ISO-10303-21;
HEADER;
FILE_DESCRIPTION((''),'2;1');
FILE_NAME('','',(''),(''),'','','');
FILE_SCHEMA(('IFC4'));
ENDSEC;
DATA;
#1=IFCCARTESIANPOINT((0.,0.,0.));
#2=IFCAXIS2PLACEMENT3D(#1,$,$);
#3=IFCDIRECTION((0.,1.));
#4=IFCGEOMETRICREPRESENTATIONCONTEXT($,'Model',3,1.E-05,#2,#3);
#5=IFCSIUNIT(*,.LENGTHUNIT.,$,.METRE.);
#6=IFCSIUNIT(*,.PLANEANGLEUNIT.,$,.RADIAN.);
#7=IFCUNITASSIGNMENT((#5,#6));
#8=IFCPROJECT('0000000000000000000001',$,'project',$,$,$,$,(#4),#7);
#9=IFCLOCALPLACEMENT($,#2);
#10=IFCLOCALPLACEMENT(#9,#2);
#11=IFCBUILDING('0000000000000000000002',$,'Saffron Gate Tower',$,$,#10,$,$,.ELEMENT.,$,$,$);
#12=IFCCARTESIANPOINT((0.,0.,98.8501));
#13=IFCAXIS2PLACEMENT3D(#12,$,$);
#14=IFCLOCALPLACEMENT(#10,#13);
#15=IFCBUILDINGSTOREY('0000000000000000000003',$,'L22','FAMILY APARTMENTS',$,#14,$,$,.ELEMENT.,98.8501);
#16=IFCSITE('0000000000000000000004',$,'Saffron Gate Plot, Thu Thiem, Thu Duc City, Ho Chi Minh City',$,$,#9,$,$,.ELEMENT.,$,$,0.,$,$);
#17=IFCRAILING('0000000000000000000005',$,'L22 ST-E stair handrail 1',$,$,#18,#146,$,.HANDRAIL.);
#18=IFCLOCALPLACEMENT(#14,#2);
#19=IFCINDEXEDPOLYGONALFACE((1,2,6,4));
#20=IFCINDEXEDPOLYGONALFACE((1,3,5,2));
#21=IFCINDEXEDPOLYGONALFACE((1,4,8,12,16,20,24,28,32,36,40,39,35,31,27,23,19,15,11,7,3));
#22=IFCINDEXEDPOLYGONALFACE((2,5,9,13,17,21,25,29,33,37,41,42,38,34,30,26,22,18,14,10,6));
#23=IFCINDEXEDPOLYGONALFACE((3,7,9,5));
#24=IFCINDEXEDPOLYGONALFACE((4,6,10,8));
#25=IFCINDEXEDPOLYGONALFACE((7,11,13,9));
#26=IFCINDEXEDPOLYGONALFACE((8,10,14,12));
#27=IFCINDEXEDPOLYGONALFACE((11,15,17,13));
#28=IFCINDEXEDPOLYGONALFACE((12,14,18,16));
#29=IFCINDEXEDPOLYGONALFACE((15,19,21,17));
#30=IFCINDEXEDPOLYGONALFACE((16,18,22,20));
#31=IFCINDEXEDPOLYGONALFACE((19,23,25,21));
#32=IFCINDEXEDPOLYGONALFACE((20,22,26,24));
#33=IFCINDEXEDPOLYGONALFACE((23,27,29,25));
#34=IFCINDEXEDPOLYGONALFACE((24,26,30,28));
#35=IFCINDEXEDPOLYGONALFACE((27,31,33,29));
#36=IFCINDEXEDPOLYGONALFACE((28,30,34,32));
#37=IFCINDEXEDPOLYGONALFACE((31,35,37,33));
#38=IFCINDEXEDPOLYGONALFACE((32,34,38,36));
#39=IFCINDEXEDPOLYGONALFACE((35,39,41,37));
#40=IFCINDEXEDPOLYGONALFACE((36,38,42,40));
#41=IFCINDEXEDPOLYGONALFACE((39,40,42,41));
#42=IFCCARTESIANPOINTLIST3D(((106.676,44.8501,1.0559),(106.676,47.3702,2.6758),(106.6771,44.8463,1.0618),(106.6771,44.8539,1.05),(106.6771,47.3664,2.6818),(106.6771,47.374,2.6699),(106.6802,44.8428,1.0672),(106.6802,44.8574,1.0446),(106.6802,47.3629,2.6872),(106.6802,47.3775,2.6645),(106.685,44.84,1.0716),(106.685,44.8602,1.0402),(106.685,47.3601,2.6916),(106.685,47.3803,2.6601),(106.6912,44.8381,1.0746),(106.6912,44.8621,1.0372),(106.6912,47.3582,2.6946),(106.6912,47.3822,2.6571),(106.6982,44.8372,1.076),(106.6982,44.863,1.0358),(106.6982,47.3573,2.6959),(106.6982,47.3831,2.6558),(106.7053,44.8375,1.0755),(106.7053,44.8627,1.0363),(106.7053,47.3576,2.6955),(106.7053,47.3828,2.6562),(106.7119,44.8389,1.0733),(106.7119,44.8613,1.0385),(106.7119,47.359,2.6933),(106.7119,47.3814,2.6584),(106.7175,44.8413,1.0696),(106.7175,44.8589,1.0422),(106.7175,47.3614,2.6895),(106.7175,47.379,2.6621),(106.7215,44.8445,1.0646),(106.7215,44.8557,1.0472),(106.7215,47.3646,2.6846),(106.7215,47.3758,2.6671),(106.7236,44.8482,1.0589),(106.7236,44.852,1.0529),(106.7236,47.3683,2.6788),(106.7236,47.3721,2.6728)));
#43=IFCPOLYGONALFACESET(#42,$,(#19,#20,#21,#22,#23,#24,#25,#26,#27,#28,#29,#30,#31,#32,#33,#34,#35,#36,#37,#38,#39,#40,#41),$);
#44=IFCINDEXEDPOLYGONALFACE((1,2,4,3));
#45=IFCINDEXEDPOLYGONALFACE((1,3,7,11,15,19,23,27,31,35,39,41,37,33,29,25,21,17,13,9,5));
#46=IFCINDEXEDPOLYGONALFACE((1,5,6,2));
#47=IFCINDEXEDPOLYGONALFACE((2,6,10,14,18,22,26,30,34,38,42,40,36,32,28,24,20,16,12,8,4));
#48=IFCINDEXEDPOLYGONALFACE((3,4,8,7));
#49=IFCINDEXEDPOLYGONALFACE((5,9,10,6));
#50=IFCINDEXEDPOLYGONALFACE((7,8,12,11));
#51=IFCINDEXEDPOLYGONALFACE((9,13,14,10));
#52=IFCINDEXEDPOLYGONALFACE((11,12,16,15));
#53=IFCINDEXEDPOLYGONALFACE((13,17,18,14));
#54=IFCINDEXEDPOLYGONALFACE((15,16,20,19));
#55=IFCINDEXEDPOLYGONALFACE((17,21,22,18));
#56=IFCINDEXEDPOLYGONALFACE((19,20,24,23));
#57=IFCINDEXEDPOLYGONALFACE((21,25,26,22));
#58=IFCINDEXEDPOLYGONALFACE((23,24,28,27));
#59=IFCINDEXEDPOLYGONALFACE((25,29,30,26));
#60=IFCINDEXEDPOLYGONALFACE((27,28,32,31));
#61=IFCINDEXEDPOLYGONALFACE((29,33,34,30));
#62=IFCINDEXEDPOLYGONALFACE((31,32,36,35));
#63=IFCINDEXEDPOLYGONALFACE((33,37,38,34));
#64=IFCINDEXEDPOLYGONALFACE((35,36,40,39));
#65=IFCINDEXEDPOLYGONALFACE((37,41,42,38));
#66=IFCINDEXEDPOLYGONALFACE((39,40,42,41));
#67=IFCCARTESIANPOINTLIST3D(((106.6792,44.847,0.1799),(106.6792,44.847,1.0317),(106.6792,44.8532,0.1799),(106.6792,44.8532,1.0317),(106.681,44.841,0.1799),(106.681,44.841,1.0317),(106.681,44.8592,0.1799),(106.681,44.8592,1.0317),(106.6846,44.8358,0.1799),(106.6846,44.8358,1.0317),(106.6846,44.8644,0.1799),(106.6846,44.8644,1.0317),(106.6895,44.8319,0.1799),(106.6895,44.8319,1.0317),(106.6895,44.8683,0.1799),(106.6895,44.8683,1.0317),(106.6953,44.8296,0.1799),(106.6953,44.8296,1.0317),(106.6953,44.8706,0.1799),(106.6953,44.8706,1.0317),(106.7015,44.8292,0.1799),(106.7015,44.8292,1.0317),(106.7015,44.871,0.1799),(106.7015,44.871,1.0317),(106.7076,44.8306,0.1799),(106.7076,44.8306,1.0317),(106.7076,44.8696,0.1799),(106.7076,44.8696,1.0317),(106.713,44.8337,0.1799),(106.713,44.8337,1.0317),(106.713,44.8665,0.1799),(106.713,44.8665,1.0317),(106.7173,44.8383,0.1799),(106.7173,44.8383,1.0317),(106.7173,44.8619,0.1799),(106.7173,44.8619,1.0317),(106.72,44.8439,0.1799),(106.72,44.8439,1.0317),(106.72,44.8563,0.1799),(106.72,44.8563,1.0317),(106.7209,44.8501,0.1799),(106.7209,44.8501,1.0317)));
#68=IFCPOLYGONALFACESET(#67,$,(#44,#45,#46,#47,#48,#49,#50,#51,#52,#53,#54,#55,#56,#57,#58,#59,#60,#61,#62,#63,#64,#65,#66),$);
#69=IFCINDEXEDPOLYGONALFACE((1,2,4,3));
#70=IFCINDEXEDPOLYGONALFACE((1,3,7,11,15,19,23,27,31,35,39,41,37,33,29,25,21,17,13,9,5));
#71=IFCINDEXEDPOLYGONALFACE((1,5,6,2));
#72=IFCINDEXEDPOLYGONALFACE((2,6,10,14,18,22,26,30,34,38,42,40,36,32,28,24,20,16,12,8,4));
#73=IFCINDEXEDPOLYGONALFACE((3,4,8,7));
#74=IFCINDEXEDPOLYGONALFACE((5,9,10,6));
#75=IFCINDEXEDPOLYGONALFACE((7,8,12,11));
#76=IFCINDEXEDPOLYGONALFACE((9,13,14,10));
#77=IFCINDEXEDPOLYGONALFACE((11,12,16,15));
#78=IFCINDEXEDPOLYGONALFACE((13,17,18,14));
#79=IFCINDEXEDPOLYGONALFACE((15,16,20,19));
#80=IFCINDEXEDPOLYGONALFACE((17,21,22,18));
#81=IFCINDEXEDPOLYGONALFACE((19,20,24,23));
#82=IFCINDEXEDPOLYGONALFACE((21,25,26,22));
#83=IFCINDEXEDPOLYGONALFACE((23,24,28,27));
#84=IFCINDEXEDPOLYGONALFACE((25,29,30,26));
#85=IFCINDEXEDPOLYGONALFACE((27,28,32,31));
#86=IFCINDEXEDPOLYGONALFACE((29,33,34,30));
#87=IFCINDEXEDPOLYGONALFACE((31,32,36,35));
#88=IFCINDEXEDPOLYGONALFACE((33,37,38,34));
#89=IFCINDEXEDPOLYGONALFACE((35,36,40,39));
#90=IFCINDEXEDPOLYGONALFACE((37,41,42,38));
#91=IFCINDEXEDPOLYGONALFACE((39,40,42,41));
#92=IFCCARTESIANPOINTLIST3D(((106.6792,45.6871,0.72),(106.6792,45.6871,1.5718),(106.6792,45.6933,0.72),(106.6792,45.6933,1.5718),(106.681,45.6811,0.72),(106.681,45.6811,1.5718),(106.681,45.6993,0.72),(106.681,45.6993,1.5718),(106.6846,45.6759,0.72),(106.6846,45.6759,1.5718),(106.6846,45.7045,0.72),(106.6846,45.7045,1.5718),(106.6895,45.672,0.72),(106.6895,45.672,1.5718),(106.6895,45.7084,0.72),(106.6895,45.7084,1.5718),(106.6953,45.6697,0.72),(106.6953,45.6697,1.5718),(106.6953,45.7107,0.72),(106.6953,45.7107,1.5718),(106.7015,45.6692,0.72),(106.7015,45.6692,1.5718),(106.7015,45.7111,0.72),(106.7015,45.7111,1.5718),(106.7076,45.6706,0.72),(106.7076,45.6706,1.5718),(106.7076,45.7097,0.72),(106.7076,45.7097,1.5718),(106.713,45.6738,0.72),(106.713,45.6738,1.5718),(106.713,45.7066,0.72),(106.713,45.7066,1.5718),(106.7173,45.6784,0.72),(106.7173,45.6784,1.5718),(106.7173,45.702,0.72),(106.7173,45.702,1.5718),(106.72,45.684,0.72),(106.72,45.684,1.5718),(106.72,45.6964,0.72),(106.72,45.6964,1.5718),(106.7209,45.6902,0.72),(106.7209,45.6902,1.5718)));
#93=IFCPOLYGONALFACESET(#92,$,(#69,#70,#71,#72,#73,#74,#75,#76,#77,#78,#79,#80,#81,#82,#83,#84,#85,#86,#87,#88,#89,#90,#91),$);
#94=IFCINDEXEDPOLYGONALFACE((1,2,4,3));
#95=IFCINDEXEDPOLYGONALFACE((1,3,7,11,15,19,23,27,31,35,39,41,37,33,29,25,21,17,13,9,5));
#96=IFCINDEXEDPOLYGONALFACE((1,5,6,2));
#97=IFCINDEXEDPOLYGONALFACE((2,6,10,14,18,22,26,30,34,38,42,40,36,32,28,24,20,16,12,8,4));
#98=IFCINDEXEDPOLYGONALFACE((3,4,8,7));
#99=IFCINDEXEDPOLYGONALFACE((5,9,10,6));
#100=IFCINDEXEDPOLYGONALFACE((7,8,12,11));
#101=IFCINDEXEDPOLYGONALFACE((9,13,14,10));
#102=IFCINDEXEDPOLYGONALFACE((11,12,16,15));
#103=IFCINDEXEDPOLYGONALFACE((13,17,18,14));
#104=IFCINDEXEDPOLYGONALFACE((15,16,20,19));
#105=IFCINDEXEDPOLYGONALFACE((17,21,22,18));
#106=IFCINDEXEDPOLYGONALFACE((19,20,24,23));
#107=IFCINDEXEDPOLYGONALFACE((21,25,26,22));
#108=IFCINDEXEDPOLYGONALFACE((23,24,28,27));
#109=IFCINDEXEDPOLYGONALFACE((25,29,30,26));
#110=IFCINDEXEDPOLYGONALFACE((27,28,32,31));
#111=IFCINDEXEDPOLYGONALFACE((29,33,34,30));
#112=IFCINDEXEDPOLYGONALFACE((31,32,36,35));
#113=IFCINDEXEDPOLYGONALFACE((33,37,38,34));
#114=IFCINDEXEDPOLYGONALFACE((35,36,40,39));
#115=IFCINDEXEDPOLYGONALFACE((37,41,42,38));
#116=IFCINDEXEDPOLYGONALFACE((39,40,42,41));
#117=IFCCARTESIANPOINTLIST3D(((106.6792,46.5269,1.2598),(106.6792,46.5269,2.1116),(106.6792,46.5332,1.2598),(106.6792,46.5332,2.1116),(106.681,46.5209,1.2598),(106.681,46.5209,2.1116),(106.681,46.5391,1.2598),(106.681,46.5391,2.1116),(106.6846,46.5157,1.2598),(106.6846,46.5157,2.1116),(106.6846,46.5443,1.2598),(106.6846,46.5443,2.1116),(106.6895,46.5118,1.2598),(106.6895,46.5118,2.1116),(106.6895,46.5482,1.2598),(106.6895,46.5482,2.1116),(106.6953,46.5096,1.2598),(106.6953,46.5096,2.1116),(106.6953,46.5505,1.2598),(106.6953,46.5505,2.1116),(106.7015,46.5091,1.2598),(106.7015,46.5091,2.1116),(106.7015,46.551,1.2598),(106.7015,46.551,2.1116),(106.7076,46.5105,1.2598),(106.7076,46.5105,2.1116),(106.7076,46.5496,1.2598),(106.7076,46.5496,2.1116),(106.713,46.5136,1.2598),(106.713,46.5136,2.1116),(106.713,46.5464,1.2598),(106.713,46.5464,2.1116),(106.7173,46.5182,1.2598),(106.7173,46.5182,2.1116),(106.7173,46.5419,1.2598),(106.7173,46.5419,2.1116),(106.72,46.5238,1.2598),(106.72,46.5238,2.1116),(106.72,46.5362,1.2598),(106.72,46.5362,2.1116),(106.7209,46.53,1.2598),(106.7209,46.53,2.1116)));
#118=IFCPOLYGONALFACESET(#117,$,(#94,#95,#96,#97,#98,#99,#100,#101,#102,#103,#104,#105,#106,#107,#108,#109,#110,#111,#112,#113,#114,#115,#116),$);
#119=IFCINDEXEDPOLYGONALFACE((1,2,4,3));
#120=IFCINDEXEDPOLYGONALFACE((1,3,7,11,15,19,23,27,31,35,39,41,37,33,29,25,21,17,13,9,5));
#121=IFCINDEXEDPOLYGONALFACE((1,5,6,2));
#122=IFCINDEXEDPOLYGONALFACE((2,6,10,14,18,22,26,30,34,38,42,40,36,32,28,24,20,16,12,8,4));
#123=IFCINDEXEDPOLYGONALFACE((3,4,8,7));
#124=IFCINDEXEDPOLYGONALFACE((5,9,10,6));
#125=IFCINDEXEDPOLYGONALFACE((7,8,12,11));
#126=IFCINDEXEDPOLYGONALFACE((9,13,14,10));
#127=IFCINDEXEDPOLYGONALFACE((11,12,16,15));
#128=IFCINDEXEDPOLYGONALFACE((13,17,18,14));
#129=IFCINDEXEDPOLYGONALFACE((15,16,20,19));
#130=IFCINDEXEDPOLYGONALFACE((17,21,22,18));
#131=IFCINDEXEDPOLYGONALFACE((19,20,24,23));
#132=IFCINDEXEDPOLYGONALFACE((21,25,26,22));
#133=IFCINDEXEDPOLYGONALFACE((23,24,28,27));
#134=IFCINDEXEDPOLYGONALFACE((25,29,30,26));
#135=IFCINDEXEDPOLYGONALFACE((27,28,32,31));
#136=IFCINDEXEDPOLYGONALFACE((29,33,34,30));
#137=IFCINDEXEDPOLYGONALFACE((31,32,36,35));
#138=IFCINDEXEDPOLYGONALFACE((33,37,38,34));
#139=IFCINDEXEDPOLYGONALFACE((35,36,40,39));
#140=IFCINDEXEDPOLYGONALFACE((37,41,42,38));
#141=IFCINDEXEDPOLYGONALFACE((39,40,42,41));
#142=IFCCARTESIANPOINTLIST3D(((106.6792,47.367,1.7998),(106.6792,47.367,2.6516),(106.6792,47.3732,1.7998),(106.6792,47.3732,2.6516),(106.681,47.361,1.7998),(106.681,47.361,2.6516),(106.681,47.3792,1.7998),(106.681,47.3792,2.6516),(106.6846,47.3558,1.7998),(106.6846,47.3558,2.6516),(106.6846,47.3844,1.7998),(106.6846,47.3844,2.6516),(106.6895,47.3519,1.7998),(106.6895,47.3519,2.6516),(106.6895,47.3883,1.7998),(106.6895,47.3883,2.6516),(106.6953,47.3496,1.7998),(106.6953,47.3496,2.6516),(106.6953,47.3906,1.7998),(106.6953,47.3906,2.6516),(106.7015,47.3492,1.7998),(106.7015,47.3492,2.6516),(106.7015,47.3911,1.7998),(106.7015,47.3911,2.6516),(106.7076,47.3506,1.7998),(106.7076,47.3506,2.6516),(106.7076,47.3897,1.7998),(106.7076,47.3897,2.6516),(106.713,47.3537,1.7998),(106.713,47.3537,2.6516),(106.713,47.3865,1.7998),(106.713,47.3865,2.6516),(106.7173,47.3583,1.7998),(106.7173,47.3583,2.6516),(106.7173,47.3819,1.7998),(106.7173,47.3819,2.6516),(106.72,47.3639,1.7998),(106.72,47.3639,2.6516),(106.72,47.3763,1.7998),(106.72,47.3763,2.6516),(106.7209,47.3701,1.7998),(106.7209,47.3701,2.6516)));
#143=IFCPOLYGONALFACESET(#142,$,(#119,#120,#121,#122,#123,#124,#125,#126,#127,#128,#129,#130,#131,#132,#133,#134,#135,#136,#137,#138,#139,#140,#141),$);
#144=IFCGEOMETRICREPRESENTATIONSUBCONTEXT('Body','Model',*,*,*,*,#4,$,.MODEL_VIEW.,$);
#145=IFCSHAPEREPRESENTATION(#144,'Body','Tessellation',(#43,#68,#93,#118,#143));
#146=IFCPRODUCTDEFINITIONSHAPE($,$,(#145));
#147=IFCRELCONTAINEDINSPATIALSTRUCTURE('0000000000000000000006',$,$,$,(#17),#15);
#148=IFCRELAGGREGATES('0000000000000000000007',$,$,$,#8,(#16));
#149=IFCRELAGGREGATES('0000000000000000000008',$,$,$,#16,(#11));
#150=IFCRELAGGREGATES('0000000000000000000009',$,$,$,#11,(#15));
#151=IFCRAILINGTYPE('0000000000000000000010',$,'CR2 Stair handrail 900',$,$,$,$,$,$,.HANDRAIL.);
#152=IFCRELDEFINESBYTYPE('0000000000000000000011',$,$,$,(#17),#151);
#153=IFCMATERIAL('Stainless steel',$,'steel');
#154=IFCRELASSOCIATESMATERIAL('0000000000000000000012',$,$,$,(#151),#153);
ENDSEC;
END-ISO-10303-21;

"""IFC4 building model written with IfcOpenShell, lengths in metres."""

from ifc_helpers import new_model, si_unit, direction, frame, origin, origin_2d, place, context, subcontext, project, spatial, circle, extrude, material, type_object, element, save


model = new_model("IFC4")

# Units and contexts
model_context = context("Model", 3, precision=1e-05, world=origin(), true_north=direction((0.0, 1.0)))
body_context = subcontext(model_context, "Body", "Model", "MODEL_VIEW")
ifc_project = project(units=[si_unit("LENGTHUNIT", "METRE"), si_unit("PLANEANGLEUNIT", "RADIAN")], contexts=[model_context])

# Site, building, storey
site_placement = place(None, origin())
site = spatial("IfcSite", under=ifc_project, at=site_placement, Name="Saffron Gate Plot, Thu Thiem, Thu Duc City, Ho Chi Minh City", CompositionType="ELEMENT", RefElevation=0.0)
building_placement = place(site_placement, origin())
building = spatial("IfcBuilding", under=site, at=building_placement, Name="Saffron Gate Tower", CompositionType="ELEMENT")
storey_placement = place(building_placement, frame((0.0, 0.0, 98.8501)))
storey = spatial("IfcBuildingStorey", under=building, at=storey_placement, Name="L22", Description="FAMILY APARTMENTS", CompositionType="ELEMENT", Elevation=98.8501)

# Railing
ifc_material_1 = material(Name="Stainless steel", Category="steel")
railing_type_1 = type_object("IfcRailingType", Name="CR2 Stair handrail 900", PredefinedType="HANDRAIL", material=ifc_material_1)
railing_1_placement = place(storey_placement, frame((106.7, 44.8501, 0.1799)))
element("IfcRailing", 1, at=railing_1_placement, inside=storey, type_object=railing_type_1, Name="L22 ST-E stair handrail 1", PredefinedType="HANDRAIL", context=body_context, shape_type="SweptSolid", body=[
    extrude(circle(Radius=0.0239, at=origin_2d()), frame((0.0, 0.0, 0.876), z_axis=(0.0, 0.8412, 0.540725), x_axis=(-1.0, 0.0, 0.0)), (0.0, 0.0, 1.0), 2.9958),
    extrude(circle(Radius=0.021, at=origin_2d()), origin(), (0.0, 0.0, 1.0), 0.8518),
    extrude(circle(Radius=0.021, at=origin_2d()), frame((0.0, 0.8401, 0.54)), (0.0, 0.0, 1.0), 0.8518),
    extrude(circle(Radius=0.021, at=origin_2d()), frame((0.0, 1.6799, 1.0798)), (0.0, 0.0, 1.0), 0.8518),
    extrude(circle(Radius=0.021, at=origin_2d()), frame((0.0, 2.52, 1.6199)), (0.0, 0.0, 1.0), 0.8518),
])

save(model, "model.ifc")
